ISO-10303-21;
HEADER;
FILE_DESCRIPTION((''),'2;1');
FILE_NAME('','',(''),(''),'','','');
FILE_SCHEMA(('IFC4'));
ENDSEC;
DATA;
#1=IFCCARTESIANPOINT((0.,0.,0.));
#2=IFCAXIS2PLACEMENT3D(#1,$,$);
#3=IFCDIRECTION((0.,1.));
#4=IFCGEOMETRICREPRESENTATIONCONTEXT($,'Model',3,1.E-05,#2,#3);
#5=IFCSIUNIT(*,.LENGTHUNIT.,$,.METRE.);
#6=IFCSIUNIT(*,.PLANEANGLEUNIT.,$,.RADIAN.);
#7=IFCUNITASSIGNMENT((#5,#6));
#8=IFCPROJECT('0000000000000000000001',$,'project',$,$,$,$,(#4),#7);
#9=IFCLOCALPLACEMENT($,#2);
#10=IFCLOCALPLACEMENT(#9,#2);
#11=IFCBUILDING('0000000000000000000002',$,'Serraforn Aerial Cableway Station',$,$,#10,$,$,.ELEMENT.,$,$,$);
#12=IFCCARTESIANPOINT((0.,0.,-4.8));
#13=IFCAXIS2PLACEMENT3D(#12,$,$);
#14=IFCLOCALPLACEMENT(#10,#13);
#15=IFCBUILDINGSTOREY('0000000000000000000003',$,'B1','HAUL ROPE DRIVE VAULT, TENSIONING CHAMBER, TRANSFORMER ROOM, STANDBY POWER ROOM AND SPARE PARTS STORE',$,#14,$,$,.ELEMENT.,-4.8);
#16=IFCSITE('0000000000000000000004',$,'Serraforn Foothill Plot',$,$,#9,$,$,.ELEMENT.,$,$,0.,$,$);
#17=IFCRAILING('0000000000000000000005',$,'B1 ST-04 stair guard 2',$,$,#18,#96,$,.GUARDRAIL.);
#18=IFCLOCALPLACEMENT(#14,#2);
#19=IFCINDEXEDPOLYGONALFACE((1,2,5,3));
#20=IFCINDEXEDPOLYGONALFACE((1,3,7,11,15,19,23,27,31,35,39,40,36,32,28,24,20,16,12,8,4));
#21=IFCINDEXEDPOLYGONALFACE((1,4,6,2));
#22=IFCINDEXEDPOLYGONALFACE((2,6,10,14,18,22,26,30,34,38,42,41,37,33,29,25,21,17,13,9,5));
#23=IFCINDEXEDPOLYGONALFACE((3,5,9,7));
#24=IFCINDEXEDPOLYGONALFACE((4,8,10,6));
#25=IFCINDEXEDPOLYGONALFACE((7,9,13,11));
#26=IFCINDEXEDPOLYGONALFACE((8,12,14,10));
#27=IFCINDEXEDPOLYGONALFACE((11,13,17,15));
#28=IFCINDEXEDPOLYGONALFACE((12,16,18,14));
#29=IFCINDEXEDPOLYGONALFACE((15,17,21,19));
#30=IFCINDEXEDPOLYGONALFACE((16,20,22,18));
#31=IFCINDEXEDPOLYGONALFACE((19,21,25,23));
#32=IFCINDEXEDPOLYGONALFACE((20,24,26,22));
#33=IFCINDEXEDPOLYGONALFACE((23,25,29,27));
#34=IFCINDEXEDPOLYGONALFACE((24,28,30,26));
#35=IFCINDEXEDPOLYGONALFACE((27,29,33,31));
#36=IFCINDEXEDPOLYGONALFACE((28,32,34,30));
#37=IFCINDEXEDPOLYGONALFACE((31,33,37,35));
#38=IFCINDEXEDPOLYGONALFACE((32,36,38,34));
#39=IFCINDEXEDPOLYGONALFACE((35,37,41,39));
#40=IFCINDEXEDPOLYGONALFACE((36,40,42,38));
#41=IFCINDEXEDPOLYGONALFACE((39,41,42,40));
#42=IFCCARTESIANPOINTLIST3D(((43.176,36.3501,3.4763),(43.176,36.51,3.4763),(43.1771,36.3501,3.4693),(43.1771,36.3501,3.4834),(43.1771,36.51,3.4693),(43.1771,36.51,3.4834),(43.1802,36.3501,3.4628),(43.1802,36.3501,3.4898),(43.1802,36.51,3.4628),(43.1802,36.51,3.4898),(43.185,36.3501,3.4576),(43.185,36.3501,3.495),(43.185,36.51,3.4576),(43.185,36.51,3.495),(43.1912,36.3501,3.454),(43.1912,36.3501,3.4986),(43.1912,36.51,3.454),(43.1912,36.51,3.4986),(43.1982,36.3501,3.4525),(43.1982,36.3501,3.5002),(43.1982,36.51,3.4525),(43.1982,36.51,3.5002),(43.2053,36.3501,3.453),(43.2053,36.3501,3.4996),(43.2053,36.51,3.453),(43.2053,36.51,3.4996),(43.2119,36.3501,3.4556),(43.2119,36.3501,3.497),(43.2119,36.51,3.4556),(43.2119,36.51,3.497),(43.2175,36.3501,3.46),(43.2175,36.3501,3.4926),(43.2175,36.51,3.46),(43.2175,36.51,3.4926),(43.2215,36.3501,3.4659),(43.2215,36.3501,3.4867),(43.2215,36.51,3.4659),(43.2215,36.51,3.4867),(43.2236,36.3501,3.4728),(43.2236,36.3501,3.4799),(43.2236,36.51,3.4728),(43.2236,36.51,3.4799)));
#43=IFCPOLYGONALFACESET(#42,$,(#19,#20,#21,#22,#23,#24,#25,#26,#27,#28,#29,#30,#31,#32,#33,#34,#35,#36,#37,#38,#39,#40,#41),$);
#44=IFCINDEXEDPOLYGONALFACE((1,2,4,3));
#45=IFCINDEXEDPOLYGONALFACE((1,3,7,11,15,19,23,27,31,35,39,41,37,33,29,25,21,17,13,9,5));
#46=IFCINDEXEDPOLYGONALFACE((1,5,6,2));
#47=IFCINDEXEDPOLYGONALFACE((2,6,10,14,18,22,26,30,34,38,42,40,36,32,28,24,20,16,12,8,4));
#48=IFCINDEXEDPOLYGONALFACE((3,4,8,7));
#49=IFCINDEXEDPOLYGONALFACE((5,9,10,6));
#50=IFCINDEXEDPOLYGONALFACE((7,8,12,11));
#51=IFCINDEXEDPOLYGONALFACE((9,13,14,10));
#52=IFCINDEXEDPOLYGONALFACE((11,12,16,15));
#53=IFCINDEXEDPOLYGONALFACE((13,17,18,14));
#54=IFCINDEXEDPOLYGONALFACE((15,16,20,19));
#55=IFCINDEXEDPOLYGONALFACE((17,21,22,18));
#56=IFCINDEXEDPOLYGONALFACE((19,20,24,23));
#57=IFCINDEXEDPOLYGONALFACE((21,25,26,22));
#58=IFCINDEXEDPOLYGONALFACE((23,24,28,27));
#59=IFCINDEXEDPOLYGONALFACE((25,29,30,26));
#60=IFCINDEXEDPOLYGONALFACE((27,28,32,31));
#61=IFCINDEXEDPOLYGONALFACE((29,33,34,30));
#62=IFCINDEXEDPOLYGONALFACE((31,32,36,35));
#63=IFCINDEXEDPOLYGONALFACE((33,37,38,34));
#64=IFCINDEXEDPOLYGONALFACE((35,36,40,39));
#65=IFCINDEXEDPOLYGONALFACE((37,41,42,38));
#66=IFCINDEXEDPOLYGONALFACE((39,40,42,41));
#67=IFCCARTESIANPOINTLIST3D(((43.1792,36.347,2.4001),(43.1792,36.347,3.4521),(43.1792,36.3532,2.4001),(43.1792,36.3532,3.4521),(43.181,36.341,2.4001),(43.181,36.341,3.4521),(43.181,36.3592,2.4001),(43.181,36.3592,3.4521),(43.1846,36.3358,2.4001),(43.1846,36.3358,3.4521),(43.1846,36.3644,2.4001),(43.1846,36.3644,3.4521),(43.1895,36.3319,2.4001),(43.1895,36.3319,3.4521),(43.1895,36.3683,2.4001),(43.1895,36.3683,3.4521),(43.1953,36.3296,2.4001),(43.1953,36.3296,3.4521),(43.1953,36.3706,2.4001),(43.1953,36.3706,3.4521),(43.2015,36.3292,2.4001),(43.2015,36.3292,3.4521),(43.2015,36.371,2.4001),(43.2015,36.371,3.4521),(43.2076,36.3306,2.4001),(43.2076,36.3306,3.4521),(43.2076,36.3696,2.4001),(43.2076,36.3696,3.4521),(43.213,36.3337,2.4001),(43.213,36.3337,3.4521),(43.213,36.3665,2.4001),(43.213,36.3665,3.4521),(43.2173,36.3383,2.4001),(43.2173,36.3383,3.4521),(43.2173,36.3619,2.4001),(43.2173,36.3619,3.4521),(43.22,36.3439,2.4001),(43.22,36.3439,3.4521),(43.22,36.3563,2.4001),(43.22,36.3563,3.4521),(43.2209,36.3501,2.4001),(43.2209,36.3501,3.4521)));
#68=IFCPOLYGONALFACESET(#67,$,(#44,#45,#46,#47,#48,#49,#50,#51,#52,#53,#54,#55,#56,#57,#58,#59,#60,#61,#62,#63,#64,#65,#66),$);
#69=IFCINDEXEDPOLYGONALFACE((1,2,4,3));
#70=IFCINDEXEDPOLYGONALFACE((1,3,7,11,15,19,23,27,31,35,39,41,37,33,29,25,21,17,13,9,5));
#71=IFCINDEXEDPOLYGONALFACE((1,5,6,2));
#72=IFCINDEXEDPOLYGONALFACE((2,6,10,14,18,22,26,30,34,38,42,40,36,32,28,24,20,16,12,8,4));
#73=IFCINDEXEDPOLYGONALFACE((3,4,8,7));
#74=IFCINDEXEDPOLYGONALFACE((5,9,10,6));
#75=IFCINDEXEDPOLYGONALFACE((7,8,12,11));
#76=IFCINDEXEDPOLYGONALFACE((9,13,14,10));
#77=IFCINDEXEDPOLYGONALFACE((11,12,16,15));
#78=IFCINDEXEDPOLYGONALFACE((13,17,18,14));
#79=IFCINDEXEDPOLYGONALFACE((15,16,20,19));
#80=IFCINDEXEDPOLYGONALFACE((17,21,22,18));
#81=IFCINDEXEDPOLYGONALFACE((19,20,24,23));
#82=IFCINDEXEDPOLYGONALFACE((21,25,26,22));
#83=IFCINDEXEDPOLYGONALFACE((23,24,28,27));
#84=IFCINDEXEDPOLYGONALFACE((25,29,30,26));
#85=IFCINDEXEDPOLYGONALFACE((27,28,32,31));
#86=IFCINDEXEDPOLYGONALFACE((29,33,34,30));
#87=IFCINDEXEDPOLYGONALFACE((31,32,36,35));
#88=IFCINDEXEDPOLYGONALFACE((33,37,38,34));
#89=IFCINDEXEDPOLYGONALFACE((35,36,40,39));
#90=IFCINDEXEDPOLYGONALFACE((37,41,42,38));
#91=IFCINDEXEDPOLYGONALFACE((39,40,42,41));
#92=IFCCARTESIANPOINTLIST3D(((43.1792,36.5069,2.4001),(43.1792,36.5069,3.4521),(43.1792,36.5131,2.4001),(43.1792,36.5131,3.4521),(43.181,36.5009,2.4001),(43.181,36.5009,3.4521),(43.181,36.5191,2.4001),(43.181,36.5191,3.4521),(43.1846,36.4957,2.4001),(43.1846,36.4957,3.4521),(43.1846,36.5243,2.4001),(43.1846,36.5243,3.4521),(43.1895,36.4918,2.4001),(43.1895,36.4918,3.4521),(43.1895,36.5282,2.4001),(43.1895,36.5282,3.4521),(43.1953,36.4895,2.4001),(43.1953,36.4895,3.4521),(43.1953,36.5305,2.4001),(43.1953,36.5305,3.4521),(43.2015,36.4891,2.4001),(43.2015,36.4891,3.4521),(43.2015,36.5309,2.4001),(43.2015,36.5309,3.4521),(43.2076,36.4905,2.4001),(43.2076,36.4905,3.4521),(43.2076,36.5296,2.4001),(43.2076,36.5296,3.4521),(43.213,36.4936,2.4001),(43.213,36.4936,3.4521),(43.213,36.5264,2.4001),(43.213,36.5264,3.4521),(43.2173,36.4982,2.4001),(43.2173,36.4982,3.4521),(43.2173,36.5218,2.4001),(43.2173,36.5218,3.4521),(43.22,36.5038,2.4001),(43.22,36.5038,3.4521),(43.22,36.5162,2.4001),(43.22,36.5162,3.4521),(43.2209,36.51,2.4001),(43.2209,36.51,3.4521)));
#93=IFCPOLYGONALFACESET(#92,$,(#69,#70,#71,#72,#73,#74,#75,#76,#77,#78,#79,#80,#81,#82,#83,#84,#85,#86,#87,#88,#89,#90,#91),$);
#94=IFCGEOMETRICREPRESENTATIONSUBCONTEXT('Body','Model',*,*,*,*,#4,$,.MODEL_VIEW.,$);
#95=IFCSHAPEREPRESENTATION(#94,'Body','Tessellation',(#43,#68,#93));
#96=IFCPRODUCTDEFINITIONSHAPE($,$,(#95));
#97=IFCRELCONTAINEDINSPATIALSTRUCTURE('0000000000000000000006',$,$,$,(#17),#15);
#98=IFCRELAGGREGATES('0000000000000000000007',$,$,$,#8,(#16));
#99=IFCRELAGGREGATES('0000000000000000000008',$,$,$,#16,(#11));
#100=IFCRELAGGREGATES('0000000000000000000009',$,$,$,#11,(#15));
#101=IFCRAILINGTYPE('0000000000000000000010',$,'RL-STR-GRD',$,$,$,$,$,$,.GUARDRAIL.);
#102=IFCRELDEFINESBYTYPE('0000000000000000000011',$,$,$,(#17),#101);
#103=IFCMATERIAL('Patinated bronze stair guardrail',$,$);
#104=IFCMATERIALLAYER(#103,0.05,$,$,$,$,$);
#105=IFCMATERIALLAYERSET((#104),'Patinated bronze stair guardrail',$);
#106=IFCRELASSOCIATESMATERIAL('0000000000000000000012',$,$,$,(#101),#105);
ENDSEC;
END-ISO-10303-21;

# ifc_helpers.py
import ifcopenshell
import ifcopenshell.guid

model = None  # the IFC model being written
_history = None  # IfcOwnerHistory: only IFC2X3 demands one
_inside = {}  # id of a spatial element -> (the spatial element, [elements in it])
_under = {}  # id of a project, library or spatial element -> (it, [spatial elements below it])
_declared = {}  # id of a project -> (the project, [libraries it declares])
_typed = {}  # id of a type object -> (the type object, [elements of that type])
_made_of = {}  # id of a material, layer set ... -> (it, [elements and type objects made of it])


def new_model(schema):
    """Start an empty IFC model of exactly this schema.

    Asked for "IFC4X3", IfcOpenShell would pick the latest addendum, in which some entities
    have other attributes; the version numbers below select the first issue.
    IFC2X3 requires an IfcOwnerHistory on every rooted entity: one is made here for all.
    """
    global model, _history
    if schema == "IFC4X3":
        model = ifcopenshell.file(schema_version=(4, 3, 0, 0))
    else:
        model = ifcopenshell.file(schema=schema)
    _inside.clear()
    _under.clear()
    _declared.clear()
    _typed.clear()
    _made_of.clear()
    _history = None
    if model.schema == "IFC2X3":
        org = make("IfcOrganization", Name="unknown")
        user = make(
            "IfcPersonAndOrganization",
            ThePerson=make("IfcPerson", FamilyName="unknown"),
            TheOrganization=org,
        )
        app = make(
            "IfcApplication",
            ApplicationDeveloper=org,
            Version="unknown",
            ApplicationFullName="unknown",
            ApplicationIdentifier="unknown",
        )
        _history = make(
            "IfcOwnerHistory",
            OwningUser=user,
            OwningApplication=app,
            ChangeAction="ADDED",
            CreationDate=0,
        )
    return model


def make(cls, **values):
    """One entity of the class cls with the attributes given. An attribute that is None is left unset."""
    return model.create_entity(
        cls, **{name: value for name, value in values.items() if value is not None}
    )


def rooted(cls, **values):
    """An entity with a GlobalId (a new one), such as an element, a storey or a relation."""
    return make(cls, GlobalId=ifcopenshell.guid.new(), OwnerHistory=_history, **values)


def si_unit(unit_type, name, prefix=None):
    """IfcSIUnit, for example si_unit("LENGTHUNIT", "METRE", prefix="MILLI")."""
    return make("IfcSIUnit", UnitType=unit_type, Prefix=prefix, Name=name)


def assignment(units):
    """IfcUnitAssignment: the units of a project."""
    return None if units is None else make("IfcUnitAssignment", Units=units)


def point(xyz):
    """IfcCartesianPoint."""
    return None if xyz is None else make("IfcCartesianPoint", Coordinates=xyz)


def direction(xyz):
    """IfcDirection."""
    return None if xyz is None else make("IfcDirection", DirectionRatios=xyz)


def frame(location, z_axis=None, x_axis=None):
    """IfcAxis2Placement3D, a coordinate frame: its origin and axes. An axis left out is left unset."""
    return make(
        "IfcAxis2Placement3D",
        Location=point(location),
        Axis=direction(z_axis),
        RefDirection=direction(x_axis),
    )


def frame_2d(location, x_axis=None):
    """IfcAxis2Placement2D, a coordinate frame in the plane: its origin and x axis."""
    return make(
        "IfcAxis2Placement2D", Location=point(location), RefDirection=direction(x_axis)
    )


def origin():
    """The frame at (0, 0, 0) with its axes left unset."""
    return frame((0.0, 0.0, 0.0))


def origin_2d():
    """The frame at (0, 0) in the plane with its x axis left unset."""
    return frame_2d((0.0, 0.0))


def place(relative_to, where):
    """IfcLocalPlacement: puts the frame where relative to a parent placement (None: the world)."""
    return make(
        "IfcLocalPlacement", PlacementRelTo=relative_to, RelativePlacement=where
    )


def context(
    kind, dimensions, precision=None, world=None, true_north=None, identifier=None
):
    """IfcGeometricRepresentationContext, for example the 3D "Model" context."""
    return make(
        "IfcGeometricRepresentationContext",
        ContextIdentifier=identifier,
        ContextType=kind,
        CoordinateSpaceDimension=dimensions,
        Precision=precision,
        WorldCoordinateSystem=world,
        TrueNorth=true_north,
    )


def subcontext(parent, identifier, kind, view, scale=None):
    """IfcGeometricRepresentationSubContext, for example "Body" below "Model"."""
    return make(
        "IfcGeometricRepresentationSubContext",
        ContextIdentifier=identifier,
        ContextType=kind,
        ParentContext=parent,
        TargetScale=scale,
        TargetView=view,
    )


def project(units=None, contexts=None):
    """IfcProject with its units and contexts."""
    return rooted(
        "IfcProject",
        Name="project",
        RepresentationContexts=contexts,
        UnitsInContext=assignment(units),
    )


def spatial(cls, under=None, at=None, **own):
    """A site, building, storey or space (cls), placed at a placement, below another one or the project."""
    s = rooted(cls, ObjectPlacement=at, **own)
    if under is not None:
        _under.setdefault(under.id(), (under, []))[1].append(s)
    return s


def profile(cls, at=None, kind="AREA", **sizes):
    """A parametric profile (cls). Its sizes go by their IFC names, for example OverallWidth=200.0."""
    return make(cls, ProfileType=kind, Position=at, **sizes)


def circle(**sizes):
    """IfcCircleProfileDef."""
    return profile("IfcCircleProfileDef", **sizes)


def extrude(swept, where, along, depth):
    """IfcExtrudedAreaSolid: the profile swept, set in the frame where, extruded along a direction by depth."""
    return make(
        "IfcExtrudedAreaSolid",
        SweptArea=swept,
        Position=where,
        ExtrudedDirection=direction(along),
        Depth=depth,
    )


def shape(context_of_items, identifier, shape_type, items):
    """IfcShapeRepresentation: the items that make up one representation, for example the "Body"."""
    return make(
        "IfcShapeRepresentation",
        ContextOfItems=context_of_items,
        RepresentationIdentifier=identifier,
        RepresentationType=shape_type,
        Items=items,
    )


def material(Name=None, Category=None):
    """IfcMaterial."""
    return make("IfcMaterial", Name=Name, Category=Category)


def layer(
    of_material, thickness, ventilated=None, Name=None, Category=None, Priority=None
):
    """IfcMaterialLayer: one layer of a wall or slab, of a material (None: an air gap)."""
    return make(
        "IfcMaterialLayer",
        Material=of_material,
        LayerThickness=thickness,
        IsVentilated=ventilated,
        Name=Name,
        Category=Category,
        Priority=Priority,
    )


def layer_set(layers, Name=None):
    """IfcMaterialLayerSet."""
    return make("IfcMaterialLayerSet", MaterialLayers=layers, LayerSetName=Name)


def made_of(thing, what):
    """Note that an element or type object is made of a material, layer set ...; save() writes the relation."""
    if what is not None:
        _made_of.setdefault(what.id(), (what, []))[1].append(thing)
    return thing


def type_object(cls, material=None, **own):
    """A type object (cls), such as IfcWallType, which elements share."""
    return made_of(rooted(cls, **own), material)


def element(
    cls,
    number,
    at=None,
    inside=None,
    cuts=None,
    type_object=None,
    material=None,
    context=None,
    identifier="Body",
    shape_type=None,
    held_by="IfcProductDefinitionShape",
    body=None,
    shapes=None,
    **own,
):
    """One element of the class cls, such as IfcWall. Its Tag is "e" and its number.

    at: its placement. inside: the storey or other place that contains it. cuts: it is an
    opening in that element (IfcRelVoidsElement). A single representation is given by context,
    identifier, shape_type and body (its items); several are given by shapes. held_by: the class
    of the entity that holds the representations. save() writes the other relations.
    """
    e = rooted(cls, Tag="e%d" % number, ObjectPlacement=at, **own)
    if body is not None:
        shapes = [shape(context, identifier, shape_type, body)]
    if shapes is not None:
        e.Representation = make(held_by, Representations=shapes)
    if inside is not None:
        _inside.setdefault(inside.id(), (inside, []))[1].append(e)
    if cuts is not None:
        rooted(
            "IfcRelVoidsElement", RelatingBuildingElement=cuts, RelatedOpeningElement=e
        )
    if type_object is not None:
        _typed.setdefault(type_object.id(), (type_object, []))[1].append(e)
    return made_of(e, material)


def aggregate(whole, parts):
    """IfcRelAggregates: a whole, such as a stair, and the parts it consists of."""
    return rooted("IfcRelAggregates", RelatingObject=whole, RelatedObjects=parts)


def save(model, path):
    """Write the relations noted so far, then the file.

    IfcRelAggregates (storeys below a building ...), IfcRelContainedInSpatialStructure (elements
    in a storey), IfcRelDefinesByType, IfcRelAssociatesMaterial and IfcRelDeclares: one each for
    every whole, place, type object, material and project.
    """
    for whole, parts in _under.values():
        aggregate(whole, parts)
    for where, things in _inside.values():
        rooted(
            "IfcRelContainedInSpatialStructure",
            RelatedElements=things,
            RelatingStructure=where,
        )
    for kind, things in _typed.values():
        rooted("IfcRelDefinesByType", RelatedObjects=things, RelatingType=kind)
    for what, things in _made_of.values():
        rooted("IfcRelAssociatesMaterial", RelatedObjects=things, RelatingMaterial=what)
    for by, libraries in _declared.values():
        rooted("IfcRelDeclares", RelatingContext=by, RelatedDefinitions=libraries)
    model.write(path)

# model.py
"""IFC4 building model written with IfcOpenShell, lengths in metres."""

from ifc_helpers import new_model, si_unit, direction, frame, origin, origin_2d, place, context, subcontext, project, spatial, circle, extrude, material, layer, layer_set, type_object, element, save


model = new_model("IFC4")

# Units and contexts
model_context = context("Model", 3, precision=1e-05, world=origin(), true_north=direction((0.0, 1.0)))
body_context = subcontext(model_context, "Body", "Model", "MODEL_VIEW")
ifc_project = project(units=[si_unit("LENGTHUNIT", "METRE"), si_unit("PLANEANGLEUNIT", "RADIAN")], contexts=[model_context])

# Site, building, storey
site_placement = place(None, origin())
site = spatial("IfcSite", under=ifc_project, at=site_placement, Name="Serraforn Foothill Plot", CompositionType="ELEMENT", RefElevation=0.0)
building_placement = place(site_placement, origin())
building = spatial("IfcBuilding", under=site, at=building_placement, Name="Serraforn Aerial Cableway Station", CompositionType="ELEMENT")
storey_placement = place(building_placement, frame((0.0, 0.0, -4.8)))
storey = spatial("IfcBuildingStorey", under=building, at=storey_placement, Name="B1", Description="HAUL ROPE DRIVE VAULT, TENSIONING CHAMBER, TRANSFORMER ROOM, STANDBY POWER ROOM AND SPARE PARTS STORE", CompositionType="ELEMENT", Elevation=-4.8)

# Railing
ifc_material_1 = material(Name="Patinated bronze stair guardrail")
ifc_layer_1 = layer(ifc_material_1, 0.05)
ifc_layer_set_1 = layer_set([ifc_layer_1], Name="Patinated bronze stair guardrail")
railing_type_1 = type_object("IfcRailingType", Name="RL-STR-GRD", PredefinedType="GUARDRAIL", material=ifc_layer_set_1)
railing_1_placement = place(storey_placement, frame((43.2, 36.3501, 2.4001)))
element("IfcRailing", 1, at=railing_1_placement, inside=storey, type_object=railing_type_1, Name="B1 ST-04 stair guard 2", PredefinedType="GUARDRAIL", context=body_context, shape_type="SweptSolid", body=[
    extrude(circle(Radius=0.0239, at=origin_2d()), frame((0.0, 0.0, 1.0762), z_axis=(0.0, 1.0, 0.0), x_axis=(-1.0, 0.0, 0.0)), (0.0, 0.0, 1.0), 0.1599),
    extrude(circle(Radius=0.021, at=origin_2d()), origin(), (0.0, 0.0, 1.0), 1.052),
    extrude(circle(Radius=0.021, at=origin_2d()), frame((0.0, 0.1599, 0.0)), (0.0, 0.0, 1.0), 1.052),
])

save(model, "model.ifc")
